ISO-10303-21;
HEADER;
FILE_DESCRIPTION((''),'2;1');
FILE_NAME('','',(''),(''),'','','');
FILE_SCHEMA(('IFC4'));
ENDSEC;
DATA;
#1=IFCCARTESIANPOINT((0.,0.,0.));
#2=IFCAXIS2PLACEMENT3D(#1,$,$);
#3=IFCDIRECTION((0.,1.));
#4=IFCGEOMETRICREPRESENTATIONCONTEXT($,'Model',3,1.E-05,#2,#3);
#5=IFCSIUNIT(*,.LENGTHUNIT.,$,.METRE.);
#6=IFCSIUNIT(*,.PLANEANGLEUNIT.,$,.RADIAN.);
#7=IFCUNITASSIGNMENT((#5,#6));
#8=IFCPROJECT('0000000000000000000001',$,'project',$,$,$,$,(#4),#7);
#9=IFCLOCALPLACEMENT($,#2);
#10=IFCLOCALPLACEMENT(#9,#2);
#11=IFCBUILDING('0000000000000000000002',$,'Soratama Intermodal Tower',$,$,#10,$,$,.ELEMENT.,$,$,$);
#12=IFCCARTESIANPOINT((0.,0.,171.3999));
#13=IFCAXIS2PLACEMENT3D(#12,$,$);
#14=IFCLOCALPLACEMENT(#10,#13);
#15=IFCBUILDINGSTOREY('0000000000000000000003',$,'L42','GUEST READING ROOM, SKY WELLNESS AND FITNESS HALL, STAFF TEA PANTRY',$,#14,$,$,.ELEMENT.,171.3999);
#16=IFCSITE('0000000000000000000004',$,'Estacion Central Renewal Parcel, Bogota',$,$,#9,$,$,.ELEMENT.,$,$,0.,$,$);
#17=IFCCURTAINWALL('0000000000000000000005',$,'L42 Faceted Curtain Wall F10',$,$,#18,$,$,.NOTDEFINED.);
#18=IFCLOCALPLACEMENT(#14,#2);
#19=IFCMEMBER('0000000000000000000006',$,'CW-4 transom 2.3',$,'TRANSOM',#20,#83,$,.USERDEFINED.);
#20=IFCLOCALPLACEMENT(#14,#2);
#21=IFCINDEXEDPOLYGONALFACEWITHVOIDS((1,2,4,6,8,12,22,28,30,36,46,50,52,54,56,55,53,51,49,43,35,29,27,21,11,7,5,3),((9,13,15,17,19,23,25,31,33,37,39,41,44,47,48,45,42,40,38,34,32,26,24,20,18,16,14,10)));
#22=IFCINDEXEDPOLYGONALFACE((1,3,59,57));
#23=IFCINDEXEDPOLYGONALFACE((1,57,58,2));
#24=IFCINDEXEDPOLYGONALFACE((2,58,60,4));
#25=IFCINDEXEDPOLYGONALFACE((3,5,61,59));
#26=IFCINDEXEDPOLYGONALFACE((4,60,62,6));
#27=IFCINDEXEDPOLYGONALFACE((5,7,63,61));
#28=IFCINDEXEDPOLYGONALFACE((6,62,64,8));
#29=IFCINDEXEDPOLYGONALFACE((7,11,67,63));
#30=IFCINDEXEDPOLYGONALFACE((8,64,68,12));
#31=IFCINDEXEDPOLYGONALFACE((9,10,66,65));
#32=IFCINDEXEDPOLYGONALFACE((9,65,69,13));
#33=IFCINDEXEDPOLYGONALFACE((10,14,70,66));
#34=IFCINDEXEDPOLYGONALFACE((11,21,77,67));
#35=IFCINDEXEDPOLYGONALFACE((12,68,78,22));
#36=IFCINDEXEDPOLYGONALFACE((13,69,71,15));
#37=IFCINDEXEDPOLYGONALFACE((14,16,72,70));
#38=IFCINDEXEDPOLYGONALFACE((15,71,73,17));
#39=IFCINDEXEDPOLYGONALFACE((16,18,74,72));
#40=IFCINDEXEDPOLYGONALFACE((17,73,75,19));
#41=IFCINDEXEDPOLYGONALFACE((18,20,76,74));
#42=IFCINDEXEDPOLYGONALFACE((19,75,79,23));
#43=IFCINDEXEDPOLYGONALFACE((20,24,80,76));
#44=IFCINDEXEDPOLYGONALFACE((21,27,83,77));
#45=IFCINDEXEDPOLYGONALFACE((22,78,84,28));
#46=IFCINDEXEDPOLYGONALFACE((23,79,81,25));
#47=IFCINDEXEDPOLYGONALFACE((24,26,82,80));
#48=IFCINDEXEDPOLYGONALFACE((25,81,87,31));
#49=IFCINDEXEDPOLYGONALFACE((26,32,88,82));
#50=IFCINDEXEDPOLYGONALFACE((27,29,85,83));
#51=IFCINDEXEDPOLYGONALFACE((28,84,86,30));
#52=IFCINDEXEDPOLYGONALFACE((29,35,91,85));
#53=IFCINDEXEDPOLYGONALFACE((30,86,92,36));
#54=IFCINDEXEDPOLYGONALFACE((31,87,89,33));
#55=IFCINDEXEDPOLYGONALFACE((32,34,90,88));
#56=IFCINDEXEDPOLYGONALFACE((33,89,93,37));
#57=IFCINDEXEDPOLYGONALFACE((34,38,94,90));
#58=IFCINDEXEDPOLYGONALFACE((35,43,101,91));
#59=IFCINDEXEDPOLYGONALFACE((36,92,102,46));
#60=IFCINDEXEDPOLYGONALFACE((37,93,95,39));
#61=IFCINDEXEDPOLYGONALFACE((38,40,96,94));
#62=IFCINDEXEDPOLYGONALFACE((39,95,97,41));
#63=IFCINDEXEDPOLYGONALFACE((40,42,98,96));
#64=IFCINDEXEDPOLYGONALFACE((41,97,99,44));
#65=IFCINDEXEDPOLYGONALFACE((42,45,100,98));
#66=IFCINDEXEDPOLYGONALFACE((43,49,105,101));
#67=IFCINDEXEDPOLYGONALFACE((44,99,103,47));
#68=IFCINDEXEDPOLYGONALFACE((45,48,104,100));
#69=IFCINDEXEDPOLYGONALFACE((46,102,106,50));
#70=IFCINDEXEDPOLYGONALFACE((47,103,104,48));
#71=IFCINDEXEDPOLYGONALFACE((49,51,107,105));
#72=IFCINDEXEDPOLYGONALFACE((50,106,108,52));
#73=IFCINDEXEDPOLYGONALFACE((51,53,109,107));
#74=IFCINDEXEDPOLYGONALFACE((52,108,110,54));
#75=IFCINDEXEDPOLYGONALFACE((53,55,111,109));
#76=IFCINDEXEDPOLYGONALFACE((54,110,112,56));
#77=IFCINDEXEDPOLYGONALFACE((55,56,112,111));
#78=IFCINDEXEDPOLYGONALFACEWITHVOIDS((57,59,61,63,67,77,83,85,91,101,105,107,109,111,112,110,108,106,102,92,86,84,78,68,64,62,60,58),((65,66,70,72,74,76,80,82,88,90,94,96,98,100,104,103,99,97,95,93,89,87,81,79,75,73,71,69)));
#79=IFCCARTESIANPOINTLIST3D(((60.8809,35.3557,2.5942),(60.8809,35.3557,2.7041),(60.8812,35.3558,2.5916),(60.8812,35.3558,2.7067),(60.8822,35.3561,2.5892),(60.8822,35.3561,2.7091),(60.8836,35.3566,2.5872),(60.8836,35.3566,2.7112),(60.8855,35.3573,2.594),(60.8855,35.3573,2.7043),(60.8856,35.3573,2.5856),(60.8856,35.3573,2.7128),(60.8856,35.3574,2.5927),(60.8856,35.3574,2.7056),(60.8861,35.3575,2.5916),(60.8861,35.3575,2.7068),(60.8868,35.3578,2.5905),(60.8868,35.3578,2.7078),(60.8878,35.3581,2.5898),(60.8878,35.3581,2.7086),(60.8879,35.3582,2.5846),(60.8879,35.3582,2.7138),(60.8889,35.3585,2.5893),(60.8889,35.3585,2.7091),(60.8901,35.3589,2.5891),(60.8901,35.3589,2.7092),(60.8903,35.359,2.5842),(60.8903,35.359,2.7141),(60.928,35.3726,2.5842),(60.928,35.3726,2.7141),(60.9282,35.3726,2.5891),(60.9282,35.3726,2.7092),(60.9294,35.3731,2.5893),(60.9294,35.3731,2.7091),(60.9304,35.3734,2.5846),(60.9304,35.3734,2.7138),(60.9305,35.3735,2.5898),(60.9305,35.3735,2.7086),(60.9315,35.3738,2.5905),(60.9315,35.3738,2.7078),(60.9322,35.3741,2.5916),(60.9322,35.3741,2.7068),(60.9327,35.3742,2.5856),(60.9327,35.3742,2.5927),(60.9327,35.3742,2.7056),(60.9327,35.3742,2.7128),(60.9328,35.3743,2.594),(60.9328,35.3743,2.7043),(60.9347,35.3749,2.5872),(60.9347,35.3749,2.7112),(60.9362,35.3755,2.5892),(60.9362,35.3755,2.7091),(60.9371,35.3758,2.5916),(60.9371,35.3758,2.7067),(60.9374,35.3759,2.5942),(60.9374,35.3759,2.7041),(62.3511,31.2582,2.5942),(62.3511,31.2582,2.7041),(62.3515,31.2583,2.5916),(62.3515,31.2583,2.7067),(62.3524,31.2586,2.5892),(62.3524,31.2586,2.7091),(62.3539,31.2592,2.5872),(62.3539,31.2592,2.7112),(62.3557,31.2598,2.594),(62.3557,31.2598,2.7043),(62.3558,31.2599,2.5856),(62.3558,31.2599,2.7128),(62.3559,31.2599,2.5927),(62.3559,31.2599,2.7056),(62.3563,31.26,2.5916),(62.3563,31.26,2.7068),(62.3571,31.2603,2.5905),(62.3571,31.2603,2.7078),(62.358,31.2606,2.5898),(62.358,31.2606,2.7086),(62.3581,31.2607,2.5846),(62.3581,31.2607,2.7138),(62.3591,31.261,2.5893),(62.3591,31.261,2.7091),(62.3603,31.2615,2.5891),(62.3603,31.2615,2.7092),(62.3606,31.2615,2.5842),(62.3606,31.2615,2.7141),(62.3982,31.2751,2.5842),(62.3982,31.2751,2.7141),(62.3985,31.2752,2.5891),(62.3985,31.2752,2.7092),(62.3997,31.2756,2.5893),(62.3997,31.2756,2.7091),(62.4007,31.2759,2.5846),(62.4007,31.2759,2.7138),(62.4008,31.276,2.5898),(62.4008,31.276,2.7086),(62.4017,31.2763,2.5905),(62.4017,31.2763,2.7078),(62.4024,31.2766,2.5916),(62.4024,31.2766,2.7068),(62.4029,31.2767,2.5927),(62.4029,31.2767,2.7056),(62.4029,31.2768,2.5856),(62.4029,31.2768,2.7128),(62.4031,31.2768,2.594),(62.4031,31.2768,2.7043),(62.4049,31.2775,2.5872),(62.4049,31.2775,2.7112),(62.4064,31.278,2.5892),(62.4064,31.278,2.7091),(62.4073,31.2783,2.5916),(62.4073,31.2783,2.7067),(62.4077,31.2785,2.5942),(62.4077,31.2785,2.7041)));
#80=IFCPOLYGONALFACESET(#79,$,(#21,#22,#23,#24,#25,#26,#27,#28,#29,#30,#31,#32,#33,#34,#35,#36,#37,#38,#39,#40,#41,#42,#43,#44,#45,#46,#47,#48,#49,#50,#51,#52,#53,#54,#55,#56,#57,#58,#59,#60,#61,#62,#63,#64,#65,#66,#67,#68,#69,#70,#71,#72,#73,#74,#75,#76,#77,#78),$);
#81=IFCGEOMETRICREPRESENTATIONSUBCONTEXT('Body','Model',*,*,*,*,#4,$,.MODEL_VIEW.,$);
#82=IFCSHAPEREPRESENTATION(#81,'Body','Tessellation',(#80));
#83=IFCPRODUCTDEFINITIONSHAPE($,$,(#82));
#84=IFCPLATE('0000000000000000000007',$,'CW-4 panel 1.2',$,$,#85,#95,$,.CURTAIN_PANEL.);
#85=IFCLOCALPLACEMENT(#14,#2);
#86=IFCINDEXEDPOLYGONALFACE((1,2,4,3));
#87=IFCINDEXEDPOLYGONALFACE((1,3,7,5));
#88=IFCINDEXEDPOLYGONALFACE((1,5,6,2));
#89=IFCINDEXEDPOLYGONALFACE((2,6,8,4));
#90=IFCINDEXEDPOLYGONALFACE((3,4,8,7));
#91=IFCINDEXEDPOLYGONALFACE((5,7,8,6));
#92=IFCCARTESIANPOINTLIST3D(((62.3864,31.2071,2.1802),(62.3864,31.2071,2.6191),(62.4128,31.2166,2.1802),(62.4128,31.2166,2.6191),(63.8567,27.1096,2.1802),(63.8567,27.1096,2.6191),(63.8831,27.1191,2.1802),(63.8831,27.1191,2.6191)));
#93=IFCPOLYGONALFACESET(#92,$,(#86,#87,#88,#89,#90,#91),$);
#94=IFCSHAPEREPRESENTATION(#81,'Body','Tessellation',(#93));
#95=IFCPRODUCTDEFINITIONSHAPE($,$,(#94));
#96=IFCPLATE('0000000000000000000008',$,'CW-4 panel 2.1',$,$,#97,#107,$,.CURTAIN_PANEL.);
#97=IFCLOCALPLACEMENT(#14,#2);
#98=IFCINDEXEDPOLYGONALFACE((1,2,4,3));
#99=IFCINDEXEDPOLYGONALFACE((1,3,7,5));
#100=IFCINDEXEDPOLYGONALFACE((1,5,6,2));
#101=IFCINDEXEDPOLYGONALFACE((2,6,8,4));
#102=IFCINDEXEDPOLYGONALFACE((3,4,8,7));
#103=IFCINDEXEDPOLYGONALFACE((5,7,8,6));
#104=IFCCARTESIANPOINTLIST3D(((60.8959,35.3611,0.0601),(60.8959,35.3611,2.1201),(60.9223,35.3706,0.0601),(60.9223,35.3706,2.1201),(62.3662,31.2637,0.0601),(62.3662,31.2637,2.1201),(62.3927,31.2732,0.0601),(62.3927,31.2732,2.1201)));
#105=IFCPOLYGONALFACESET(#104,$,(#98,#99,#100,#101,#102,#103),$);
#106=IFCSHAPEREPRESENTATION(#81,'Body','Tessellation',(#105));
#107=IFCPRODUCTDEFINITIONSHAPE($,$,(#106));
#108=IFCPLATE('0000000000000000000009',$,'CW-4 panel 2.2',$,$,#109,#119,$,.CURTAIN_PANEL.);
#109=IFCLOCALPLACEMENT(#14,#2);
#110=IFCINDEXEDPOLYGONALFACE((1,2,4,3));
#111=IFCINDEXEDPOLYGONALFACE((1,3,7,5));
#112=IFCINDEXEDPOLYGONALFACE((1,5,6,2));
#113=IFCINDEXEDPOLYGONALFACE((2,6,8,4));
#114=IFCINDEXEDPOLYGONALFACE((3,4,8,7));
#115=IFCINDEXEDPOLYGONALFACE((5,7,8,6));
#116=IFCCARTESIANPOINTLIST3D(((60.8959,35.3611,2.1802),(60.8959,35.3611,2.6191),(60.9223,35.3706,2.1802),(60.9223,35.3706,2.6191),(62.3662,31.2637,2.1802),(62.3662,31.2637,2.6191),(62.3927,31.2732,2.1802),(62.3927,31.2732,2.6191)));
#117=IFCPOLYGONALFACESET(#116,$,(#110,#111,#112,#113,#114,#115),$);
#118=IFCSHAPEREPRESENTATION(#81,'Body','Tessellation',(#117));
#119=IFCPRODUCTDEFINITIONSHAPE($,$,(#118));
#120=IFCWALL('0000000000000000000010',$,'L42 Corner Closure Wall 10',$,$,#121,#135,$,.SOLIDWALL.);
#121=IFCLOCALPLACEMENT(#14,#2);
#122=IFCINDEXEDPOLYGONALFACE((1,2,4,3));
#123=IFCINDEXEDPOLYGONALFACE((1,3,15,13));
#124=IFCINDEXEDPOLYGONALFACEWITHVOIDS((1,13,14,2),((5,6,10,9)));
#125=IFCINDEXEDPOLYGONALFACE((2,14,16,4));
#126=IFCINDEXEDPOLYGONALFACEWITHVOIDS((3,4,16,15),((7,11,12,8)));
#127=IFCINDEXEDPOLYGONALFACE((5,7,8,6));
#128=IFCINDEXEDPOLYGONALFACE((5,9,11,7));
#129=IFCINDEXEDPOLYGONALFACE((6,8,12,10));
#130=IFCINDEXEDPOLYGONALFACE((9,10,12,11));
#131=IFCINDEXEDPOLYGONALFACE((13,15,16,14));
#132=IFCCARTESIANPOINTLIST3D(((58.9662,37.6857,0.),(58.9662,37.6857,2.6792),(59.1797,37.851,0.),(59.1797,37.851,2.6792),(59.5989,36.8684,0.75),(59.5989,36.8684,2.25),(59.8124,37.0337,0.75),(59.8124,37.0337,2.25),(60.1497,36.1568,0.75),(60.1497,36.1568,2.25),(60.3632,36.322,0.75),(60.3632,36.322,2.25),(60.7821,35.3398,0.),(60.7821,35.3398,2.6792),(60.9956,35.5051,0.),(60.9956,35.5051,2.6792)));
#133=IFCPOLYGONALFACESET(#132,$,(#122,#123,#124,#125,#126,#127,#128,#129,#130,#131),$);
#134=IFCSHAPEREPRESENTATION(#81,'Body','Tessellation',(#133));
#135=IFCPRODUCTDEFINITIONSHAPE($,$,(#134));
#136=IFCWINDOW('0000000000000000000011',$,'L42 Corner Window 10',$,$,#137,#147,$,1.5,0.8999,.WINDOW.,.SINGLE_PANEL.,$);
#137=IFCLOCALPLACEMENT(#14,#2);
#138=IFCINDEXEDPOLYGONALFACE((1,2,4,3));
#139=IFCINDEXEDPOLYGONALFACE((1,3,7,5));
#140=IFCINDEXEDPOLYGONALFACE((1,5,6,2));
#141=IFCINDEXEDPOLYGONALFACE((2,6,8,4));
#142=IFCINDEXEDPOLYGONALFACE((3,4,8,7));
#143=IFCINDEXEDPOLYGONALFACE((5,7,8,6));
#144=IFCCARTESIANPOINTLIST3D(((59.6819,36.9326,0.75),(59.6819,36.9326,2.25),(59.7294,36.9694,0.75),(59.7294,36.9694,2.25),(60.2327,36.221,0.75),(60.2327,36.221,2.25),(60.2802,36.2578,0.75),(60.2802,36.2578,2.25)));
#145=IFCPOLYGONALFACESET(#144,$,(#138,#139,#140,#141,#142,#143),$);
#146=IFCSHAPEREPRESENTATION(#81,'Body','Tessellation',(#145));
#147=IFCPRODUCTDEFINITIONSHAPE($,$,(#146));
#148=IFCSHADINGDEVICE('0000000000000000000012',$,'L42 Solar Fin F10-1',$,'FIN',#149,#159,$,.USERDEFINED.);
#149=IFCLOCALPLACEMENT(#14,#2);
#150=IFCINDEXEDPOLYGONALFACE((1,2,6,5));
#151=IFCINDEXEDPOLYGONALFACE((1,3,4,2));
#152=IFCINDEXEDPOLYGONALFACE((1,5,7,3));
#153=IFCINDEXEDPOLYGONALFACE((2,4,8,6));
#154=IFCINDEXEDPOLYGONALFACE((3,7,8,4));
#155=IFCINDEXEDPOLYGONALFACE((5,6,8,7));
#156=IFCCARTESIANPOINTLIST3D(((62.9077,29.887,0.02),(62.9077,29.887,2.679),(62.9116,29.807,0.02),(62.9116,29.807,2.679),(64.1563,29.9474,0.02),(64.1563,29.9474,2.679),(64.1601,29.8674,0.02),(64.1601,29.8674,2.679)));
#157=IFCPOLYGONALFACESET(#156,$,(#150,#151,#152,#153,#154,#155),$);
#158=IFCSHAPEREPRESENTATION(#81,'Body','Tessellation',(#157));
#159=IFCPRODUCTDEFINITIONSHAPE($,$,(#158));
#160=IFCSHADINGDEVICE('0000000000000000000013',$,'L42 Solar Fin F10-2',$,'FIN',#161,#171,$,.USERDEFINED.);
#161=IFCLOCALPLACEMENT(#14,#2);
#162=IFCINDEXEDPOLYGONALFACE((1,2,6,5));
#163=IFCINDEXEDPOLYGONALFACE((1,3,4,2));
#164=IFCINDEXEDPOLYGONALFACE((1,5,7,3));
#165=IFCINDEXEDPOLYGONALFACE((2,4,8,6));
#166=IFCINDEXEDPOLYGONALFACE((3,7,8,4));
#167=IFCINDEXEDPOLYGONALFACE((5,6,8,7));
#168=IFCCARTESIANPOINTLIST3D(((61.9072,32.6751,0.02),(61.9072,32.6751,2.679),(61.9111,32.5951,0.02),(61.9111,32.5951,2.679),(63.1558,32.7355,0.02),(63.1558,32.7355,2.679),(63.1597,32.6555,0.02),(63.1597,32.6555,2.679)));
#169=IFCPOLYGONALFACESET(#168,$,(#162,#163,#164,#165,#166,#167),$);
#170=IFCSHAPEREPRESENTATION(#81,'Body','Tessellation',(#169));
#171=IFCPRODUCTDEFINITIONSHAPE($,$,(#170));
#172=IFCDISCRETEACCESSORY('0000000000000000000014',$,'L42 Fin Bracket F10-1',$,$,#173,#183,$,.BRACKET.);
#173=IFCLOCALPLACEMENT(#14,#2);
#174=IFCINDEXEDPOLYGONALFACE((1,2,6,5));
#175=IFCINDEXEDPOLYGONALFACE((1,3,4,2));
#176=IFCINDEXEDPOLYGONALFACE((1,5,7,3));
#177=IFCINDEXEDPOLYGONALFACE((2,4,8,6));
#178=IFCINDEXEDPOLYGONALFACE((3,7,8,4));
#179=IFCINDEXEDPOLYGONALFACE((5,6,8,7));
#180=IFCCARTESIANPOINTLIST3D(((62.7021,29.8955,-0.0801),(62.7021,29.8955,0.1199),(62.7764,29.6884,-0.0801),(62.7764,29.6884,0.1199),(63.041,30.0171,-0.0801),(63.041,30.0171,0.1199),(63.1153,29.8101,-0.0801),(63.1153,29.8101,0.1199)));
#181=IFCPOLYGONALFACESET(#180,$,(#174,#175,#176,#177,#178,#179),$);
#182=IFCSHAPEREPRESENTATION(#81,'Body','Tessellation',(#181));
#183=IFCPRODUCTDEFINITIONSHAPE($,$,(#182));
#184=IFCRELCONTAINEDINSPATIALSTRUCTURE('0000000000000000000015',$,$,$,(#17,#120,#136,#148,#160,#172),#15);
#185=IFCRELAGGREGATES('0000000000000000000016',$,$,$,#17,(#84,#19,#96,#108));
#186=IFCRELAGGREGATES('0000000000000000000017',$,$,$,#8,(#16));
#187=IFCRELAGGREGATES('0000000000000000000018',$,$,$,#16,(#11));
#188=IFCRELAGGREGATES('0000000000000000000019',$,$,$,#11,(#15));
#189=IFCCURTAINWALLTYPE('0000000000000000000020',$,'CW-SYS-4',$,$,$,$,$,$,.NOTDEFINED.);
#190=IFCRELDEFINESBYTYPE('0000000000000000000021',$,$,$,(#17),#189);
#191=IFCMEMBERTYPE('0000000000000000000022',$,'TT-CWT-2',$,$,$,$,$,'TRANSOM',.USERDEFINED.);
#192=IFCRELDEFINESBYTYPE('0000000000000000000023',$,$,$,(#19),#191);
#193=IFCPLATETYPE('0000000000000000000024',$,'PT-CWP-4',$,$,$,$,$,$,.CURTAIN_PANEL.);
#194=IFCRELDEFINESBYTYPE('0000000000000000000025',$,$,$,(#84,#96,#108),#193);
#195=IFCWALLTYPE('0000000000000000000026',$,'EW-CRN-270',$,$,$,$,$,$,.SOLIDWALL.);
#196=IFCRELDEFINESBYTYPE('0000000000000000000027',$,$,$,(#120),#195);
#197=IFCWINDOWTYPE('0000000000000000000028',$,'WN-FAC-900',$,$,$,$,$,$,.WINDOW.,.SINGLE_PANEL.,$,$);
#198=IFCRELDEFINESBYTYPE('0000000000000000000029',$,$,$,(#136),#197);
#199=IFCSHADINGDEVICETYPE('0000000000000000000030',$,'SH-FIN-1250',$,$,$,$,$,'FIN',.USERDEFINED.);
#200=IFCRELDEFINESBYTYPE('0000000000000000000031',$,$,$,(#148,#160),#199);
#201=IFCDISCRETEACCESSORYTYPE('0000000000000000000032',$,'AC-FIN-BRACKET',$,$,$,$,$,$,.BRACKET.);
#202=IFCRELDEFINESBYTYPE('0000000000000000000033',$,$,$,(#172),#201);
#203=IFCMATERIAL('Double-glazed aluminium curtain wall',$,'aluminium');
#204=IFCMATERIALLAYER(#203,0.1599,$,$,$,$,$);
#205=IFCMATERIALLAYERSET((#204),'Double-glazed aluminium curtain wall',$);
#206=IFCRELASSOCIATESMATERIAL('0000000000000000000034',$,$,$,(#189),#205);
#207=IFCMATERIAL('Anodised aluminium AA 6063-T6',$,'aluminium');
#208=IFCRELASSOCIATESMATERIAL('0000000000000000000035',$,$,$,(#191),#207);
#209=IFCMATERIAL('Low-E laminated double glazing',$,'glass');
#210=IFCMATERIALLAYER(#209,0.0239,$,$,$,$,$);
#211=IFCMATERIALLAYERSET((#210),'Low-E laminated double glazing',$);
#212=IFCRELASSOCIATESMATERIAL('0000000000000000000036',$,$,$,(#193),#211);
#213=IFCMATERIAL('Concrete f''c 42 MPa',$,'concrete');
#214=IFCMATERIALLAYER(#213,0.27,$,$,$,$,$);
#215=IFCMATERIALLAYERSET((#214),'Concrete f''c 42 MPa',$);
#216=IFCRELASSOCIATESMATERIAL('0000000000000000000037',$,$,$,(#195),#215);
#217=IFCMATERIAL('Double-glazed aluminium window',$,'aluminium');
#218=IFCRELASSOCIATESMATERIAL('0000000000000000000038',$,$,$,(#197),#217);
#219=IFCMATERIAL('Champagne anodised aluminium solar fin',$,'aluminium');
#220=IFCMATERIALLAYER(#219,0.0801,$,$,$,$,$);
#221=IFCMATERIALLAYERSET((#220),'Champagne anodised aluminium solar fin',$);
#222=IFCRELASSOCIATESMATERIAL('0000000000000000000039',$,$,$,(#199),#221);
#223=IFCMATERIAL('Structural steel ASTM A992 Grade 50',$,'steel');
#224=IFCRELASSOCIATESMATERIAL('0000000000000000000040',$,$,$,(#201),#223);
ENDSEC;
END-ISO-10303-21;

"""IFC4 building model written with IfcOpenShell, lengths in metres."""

from ifc_helpers import new_model, si_unit, direction, frame, frame_2d, origin, origin_2d, place, context, subcontext, project, spatial, rectangle, hollow_rectangle, extrude, material, layer, layer_set, material_profile, profile_set, type_object, element, fill, aggregate, save


model = new_model("IFC4")

# Units and contexts
model_context = context("Model", 3, precision=1e-05, world=origin(), true_north=direction((0.0, 1.0)))
body_context = subcontext(model_context, "Body", "Model", "MODEL_VIEW")
ifc_project = project(units=[si_unit("LENGTHUNIT", "METRE"), si_unit("PLANEANGLEUNIT", "RADIAN")], contexts=[model_context])

# Site, building, storey
site_placement = place(None, origin())
site = spatial("IfcSite", under=ifc_project, at=site_placement, Name="Estacion Central Renewal Parcel, Bogota", CompositionType="ELEMENT", RefElevation=0.0)
building_placement = place(site_placement, origin())
building = spatial("IfcBuilding", under=site, at=building_placement, Name="Soratama Intermodal Tower", CompositionType="ELEMENT")
storey_placement = place(building_placement, frame((0.0, 0.0, 171.3999)))
storey = spatial("IfcBuildingStorey", under=building, at=storey_placement, Name="L42", Description="GUEST READING ROOM, SKY WELLNESS AND FITNESS HALL, STAFF TEA PANTRY", CompositionType="ELEMENT", Elevation=171.3999)

# Shared definitions
ifc_material_1 = material(Name="Double-glazed aluminium curtain wall", Category="aluminium")
ifc_layer_1 = layer(ifc_material_1, 0.1599)
ifc_layer_set_1 = layer_set([ifc_layer_1], Name="Double-glazed aluminium curtain wall")
curtain_wall_type = type_object("IfcCurtainWallType", Name="CW-SYS-4", PredefinedType="NOTDEFINED", material=ifc_layer_set_1)

# Curtain wall
curtain_wall_1_placement = place(storey_placement, origin())
curtain_wall_1 = element("IfcCurtainWall", 1, at=curtain_wall_1_placement, inside=storey, type_object=curtain_wall_type, Name="L42 Faceted Curtain Wall F10", PredefinedType="NOTDEFINED")

# Member
ifc_material_2 = material(Name="Anodised aluminium AA 6063-T6", Category="aluminium")
ifc_material_profile_1 = material_profile(ifc_material_2, hollow_rectangle(XDim=0.0601, YDim=0.1299, WallThickness=0.0049, InnerFilletRadius=0.0049, OuterFilletRadius=0.01, at=origin_2d()), Name="CWT130X60X5")
ifc_profile_set_1 = profile_set([ifc_material_profile_1], Name="Anodised aluminium AA 6063-T6")
member_type_1 = type_object("IfcMemberType", Name="TT-CWT-2", ElementType="TRANSOM", PredefinedType="USERDEFINED", material=ifc_profile_set_1)
member_1_placement = place(storey_placement, frame((62.3794, 31.2683, 2.6492), z_axis=(-0.337732, 0.941242, 0.0), x_axis=(-0.941242, -0.337732, 0.0)))
member_1 = element("IfcMember", 2, at=member_1_placement, type_object=member_type_1, Name="CW-4 transom 2.3", ObjectType="TRANSOM", PredefinedType="USERDEFINED", context=body_context, shape_type="SweptSolid", body=[
    extrude(hollow_rectangle(XDim=0.0601, YDim=0.1299, WallThickness=0.0049, InnerFilletRadius=0.0049, OuterFilletRadius=0.01, at=origin_2d()), origin(), (0.0, 0.0, 1.0), 4.3533),
])

# Plates
ifc_material_3 = material(Name="Low-E laminated double glazing", Category="glass")
ifc_layer_2 = layer(ifc_material_3, 0.0239)
ifc_layer_set_2 = layer_set([ifc_layer_2], Name="Low-E laminated double glazing")
plate_type = type_object("IfcPlateType", Name="PT-CWP-4", PredefinedType="CURTAIN_PANEL", material=ifc_layer_set_2)
plate_1_placement = place(storey_placement, frame((63.1348, 29.1631, 2.1802), z_axis=(0.0, 0.0, 1.0), x_axis=(-0.337751, 0.941235, 0.0)))
plate_1 = element("IfcPlate", 3, at=plate_1_placement, type_object=plate_type, Name="CW-4 panel 1.2", PredefinedType="CURTAIN_PANEL", context=body_context, shape_type="SweptSolid", body=[
    extrude(rectangle(XDim=4.3533, YDim=0.0281, at=origin_2d()), origin(), (0.0, 0.0, 1.0), 0.439),
])
plate_2_placement = place(storey_placement, frame((61.6443, 33.3171, 0.0601), z_axis=(0.0, 0.0, 1.0), x_axis=(-0.337751, 0.941235, 0.0)))
plate_2 = element("IfcPlate", 4, at=plate_2_placement, type_object=plate_type, Name="CW-4 panel 2.1", PredefinedType="CURTAIN_PANEL", context=body_context, shape_type="SweptSolid", body=[
    extrude(rectangle(XDim=4.3533, YDim=0.0281, at=origin_2d()), origin(), (0.0, 0.0, 1.0), 2.0601),
])
plate_3_placement = place(storey_placement, frame((61.6443, 33.3171, 2.1802), z_axis=(0.0, 0.0, 1.0), x_axis=(-0.337751, 0.941235, 0.0)))
plate_3 = element("IfcPlate", 5, at=plate_3_placement, type_object=plate_type, Name="CW-4 panel 2.2", PredefinedType="CURTAIN_PANEL", context=body_context, shape_type="SweptSolid", body=[
    extrude(rectangle(XDim=4.3533, YDim=0.0281, at=origin_2d()), origin(), (0.0, 0.0, 1.0), 0.439),
])
aggregate(curtain_wall_1, [plate_1, member_1, plate_2, plate_3])

# Wall, opening, window
ifc_material_4 = material(Name="Concrete f'c 42 MPa", Category="concrete")
ifc_layer_3 = layer(ifc_material_4, 0.27)
ifc_layer_set_3 = layer_set([ifc_layer_3], Name="Concrete f'c 42 MPa")
wall_type = type_object("IfcWallType", Name="EW-CRN-270", PredefinedType="SOLIDWALL", material=ifc_layer_set_3)
wall_placement = place(storey_placement, frame((60.8889, 35.4224, 0.0), z_axis=(0.0, 0.0, 1.0), x_axis=(-0.61211, 0.790773, 0.0)))
wall = element("IfcWall", 6, at=wall_placement, inside=storey, type_object=wall_type, Name="L42 Corner Closure Wall 10", PredefinedType="SOLIDWALL", context=body_context, shape_type="SweptSolid", body=[
    extrude(rectangle(XDim=2.9666, YDim=0.27, at=frame_2d((1.4834, 0.0))), origin(), (0.0, 0.0, 1.0), 2.6792),
])
opening_placement = place(wall_placement, frame((1.0332, 0.0, 0.75)))
opening = element("IfcOpeningElement", 7, at=opening_placement, cuts=wall, PredefinedType="OPENING", context=body_context, shape_type="SweptSolid", body=[
    extrude(rectangle(XDim=0.8999, YDim=1.5, at=frame_2d((0.45, 0.75))), frame((0.0, 0.145, 0.0), z_axis=(0.0, -1.0, 0.0), x_axis=(1.0, 0.0, 0.0)), (0.0, 0.0, 1.0), 0.29),
])
ifc_material_5 = material(Name="Double-glazed aluminium window", Category="aluminium")
window_type = type_object("IfcWindowType", Name="WN-FAC-900", PartitioningType="SINGLE_PANEL", PredefinedType="WINDOW", material=ifc_material_5)
window_placement = place(opening_placement, origin())
window = element("IfcWindow", 8, at=window_placement, inside=storey, type_object=window_type, Name="L42 Corner Window 10", OverallHeight=1.5, OverallWidth=0.8999, PartitioningType="SINGLE_PANEL", PredefinedType="WINDOW", context=body_context, shape_type="SweptSolid", body=[
    extrude(rectangle(XDim=0.8999, YDim=1.5, at=frame_2d((0.45, 0.75))), frame((0.0, 0.03, 0.0), z_axis=(0.0, -1.0, 0.0), x_axis=(1.0, 0.0, 0.0)), (0.0, 0.0, 1.0), 0.0601),
])
fill(opening, window)

# Shading devices
ifc_material_6 = material(Name="Champagne anodised aluminium solar fin", Category="aluminium")
ifc_layer_4 = layer(ifc_material_6, 0.0801)
ifc_layer_set_4 = layer_set([ifc_layer_4], Name="Champagne anodised aluminium solar fin")
shading_device_type = type_object("IfcShadingDeviceType", Name="SH-FIN-1250", ElementType="FIN", PredefinedType="USERDEFINED", material=ifc_layer_set_4)
for number, where, z_axis, x_axis, name in (
    (9, (63.5339, 29.8772, 0.02), (0.0, 0.0, 1.0), (0.998832, 0.048327, 0.0), "L42 Solar Fin F10-1"),
    (10, (62.5334, 32.6653, 0.02), (0.0, 0.0, 1.0), (0.998832, 0.048327, 0.0), "L42 Solar Fin F10-2"),
):
    element("IfcShadingDevice", number, at=place(storey_placement, frame(where, z_axis=z_axis, x_axis=x_axis)), inside=storey, type_object=shading_device_type, Name=name, ObjectType="FIN", PredefinedType="USERDEFINED", context=body_context, shape_type="SweptSolid", body=[
        extrude(rectangle(XDim=1.25, YDim=0.0801, at=origin_2d()), origin(), (0.0, 0.0, 1.0), 2.6589),
    ])

# Discrete accessory
ifc_material_7 = material(Name="Structural steel ASTM A992 Grade 50", Category="steel")
discrete_accessory_type = type_object("IfcDiscreteAccessoryType", Name="AC-FIN-BRACKET", PredefinedType="BRACKET", material=ifc_material_7)
for number, where, z_axis, x_axis, name in (
    (11, (62.9087, 29.8528, -0.0801), (0.0, 0.0, 1.0), (0.941235, 0.337752, 0.0), "L42 Fin Bracket F10-1"),
):
    element("IfcDiscreteAccessory", number, at=place(storey_placement, frame(where, z_axis=z_axis, x_axis=x_axis)), inside=storey, type_object=discrete_accessory_type, Name=name, PredefinedType="BRACKET", context=body_context, shape_type="SweptSolid", body=[
        extrude(rectangle(XDim=0.3601, YDim=0.22, at=origin_2d()), origin(), (0.0, 0.0, 1.0), 0.2),
    ])

save(model, "model.ifc")
